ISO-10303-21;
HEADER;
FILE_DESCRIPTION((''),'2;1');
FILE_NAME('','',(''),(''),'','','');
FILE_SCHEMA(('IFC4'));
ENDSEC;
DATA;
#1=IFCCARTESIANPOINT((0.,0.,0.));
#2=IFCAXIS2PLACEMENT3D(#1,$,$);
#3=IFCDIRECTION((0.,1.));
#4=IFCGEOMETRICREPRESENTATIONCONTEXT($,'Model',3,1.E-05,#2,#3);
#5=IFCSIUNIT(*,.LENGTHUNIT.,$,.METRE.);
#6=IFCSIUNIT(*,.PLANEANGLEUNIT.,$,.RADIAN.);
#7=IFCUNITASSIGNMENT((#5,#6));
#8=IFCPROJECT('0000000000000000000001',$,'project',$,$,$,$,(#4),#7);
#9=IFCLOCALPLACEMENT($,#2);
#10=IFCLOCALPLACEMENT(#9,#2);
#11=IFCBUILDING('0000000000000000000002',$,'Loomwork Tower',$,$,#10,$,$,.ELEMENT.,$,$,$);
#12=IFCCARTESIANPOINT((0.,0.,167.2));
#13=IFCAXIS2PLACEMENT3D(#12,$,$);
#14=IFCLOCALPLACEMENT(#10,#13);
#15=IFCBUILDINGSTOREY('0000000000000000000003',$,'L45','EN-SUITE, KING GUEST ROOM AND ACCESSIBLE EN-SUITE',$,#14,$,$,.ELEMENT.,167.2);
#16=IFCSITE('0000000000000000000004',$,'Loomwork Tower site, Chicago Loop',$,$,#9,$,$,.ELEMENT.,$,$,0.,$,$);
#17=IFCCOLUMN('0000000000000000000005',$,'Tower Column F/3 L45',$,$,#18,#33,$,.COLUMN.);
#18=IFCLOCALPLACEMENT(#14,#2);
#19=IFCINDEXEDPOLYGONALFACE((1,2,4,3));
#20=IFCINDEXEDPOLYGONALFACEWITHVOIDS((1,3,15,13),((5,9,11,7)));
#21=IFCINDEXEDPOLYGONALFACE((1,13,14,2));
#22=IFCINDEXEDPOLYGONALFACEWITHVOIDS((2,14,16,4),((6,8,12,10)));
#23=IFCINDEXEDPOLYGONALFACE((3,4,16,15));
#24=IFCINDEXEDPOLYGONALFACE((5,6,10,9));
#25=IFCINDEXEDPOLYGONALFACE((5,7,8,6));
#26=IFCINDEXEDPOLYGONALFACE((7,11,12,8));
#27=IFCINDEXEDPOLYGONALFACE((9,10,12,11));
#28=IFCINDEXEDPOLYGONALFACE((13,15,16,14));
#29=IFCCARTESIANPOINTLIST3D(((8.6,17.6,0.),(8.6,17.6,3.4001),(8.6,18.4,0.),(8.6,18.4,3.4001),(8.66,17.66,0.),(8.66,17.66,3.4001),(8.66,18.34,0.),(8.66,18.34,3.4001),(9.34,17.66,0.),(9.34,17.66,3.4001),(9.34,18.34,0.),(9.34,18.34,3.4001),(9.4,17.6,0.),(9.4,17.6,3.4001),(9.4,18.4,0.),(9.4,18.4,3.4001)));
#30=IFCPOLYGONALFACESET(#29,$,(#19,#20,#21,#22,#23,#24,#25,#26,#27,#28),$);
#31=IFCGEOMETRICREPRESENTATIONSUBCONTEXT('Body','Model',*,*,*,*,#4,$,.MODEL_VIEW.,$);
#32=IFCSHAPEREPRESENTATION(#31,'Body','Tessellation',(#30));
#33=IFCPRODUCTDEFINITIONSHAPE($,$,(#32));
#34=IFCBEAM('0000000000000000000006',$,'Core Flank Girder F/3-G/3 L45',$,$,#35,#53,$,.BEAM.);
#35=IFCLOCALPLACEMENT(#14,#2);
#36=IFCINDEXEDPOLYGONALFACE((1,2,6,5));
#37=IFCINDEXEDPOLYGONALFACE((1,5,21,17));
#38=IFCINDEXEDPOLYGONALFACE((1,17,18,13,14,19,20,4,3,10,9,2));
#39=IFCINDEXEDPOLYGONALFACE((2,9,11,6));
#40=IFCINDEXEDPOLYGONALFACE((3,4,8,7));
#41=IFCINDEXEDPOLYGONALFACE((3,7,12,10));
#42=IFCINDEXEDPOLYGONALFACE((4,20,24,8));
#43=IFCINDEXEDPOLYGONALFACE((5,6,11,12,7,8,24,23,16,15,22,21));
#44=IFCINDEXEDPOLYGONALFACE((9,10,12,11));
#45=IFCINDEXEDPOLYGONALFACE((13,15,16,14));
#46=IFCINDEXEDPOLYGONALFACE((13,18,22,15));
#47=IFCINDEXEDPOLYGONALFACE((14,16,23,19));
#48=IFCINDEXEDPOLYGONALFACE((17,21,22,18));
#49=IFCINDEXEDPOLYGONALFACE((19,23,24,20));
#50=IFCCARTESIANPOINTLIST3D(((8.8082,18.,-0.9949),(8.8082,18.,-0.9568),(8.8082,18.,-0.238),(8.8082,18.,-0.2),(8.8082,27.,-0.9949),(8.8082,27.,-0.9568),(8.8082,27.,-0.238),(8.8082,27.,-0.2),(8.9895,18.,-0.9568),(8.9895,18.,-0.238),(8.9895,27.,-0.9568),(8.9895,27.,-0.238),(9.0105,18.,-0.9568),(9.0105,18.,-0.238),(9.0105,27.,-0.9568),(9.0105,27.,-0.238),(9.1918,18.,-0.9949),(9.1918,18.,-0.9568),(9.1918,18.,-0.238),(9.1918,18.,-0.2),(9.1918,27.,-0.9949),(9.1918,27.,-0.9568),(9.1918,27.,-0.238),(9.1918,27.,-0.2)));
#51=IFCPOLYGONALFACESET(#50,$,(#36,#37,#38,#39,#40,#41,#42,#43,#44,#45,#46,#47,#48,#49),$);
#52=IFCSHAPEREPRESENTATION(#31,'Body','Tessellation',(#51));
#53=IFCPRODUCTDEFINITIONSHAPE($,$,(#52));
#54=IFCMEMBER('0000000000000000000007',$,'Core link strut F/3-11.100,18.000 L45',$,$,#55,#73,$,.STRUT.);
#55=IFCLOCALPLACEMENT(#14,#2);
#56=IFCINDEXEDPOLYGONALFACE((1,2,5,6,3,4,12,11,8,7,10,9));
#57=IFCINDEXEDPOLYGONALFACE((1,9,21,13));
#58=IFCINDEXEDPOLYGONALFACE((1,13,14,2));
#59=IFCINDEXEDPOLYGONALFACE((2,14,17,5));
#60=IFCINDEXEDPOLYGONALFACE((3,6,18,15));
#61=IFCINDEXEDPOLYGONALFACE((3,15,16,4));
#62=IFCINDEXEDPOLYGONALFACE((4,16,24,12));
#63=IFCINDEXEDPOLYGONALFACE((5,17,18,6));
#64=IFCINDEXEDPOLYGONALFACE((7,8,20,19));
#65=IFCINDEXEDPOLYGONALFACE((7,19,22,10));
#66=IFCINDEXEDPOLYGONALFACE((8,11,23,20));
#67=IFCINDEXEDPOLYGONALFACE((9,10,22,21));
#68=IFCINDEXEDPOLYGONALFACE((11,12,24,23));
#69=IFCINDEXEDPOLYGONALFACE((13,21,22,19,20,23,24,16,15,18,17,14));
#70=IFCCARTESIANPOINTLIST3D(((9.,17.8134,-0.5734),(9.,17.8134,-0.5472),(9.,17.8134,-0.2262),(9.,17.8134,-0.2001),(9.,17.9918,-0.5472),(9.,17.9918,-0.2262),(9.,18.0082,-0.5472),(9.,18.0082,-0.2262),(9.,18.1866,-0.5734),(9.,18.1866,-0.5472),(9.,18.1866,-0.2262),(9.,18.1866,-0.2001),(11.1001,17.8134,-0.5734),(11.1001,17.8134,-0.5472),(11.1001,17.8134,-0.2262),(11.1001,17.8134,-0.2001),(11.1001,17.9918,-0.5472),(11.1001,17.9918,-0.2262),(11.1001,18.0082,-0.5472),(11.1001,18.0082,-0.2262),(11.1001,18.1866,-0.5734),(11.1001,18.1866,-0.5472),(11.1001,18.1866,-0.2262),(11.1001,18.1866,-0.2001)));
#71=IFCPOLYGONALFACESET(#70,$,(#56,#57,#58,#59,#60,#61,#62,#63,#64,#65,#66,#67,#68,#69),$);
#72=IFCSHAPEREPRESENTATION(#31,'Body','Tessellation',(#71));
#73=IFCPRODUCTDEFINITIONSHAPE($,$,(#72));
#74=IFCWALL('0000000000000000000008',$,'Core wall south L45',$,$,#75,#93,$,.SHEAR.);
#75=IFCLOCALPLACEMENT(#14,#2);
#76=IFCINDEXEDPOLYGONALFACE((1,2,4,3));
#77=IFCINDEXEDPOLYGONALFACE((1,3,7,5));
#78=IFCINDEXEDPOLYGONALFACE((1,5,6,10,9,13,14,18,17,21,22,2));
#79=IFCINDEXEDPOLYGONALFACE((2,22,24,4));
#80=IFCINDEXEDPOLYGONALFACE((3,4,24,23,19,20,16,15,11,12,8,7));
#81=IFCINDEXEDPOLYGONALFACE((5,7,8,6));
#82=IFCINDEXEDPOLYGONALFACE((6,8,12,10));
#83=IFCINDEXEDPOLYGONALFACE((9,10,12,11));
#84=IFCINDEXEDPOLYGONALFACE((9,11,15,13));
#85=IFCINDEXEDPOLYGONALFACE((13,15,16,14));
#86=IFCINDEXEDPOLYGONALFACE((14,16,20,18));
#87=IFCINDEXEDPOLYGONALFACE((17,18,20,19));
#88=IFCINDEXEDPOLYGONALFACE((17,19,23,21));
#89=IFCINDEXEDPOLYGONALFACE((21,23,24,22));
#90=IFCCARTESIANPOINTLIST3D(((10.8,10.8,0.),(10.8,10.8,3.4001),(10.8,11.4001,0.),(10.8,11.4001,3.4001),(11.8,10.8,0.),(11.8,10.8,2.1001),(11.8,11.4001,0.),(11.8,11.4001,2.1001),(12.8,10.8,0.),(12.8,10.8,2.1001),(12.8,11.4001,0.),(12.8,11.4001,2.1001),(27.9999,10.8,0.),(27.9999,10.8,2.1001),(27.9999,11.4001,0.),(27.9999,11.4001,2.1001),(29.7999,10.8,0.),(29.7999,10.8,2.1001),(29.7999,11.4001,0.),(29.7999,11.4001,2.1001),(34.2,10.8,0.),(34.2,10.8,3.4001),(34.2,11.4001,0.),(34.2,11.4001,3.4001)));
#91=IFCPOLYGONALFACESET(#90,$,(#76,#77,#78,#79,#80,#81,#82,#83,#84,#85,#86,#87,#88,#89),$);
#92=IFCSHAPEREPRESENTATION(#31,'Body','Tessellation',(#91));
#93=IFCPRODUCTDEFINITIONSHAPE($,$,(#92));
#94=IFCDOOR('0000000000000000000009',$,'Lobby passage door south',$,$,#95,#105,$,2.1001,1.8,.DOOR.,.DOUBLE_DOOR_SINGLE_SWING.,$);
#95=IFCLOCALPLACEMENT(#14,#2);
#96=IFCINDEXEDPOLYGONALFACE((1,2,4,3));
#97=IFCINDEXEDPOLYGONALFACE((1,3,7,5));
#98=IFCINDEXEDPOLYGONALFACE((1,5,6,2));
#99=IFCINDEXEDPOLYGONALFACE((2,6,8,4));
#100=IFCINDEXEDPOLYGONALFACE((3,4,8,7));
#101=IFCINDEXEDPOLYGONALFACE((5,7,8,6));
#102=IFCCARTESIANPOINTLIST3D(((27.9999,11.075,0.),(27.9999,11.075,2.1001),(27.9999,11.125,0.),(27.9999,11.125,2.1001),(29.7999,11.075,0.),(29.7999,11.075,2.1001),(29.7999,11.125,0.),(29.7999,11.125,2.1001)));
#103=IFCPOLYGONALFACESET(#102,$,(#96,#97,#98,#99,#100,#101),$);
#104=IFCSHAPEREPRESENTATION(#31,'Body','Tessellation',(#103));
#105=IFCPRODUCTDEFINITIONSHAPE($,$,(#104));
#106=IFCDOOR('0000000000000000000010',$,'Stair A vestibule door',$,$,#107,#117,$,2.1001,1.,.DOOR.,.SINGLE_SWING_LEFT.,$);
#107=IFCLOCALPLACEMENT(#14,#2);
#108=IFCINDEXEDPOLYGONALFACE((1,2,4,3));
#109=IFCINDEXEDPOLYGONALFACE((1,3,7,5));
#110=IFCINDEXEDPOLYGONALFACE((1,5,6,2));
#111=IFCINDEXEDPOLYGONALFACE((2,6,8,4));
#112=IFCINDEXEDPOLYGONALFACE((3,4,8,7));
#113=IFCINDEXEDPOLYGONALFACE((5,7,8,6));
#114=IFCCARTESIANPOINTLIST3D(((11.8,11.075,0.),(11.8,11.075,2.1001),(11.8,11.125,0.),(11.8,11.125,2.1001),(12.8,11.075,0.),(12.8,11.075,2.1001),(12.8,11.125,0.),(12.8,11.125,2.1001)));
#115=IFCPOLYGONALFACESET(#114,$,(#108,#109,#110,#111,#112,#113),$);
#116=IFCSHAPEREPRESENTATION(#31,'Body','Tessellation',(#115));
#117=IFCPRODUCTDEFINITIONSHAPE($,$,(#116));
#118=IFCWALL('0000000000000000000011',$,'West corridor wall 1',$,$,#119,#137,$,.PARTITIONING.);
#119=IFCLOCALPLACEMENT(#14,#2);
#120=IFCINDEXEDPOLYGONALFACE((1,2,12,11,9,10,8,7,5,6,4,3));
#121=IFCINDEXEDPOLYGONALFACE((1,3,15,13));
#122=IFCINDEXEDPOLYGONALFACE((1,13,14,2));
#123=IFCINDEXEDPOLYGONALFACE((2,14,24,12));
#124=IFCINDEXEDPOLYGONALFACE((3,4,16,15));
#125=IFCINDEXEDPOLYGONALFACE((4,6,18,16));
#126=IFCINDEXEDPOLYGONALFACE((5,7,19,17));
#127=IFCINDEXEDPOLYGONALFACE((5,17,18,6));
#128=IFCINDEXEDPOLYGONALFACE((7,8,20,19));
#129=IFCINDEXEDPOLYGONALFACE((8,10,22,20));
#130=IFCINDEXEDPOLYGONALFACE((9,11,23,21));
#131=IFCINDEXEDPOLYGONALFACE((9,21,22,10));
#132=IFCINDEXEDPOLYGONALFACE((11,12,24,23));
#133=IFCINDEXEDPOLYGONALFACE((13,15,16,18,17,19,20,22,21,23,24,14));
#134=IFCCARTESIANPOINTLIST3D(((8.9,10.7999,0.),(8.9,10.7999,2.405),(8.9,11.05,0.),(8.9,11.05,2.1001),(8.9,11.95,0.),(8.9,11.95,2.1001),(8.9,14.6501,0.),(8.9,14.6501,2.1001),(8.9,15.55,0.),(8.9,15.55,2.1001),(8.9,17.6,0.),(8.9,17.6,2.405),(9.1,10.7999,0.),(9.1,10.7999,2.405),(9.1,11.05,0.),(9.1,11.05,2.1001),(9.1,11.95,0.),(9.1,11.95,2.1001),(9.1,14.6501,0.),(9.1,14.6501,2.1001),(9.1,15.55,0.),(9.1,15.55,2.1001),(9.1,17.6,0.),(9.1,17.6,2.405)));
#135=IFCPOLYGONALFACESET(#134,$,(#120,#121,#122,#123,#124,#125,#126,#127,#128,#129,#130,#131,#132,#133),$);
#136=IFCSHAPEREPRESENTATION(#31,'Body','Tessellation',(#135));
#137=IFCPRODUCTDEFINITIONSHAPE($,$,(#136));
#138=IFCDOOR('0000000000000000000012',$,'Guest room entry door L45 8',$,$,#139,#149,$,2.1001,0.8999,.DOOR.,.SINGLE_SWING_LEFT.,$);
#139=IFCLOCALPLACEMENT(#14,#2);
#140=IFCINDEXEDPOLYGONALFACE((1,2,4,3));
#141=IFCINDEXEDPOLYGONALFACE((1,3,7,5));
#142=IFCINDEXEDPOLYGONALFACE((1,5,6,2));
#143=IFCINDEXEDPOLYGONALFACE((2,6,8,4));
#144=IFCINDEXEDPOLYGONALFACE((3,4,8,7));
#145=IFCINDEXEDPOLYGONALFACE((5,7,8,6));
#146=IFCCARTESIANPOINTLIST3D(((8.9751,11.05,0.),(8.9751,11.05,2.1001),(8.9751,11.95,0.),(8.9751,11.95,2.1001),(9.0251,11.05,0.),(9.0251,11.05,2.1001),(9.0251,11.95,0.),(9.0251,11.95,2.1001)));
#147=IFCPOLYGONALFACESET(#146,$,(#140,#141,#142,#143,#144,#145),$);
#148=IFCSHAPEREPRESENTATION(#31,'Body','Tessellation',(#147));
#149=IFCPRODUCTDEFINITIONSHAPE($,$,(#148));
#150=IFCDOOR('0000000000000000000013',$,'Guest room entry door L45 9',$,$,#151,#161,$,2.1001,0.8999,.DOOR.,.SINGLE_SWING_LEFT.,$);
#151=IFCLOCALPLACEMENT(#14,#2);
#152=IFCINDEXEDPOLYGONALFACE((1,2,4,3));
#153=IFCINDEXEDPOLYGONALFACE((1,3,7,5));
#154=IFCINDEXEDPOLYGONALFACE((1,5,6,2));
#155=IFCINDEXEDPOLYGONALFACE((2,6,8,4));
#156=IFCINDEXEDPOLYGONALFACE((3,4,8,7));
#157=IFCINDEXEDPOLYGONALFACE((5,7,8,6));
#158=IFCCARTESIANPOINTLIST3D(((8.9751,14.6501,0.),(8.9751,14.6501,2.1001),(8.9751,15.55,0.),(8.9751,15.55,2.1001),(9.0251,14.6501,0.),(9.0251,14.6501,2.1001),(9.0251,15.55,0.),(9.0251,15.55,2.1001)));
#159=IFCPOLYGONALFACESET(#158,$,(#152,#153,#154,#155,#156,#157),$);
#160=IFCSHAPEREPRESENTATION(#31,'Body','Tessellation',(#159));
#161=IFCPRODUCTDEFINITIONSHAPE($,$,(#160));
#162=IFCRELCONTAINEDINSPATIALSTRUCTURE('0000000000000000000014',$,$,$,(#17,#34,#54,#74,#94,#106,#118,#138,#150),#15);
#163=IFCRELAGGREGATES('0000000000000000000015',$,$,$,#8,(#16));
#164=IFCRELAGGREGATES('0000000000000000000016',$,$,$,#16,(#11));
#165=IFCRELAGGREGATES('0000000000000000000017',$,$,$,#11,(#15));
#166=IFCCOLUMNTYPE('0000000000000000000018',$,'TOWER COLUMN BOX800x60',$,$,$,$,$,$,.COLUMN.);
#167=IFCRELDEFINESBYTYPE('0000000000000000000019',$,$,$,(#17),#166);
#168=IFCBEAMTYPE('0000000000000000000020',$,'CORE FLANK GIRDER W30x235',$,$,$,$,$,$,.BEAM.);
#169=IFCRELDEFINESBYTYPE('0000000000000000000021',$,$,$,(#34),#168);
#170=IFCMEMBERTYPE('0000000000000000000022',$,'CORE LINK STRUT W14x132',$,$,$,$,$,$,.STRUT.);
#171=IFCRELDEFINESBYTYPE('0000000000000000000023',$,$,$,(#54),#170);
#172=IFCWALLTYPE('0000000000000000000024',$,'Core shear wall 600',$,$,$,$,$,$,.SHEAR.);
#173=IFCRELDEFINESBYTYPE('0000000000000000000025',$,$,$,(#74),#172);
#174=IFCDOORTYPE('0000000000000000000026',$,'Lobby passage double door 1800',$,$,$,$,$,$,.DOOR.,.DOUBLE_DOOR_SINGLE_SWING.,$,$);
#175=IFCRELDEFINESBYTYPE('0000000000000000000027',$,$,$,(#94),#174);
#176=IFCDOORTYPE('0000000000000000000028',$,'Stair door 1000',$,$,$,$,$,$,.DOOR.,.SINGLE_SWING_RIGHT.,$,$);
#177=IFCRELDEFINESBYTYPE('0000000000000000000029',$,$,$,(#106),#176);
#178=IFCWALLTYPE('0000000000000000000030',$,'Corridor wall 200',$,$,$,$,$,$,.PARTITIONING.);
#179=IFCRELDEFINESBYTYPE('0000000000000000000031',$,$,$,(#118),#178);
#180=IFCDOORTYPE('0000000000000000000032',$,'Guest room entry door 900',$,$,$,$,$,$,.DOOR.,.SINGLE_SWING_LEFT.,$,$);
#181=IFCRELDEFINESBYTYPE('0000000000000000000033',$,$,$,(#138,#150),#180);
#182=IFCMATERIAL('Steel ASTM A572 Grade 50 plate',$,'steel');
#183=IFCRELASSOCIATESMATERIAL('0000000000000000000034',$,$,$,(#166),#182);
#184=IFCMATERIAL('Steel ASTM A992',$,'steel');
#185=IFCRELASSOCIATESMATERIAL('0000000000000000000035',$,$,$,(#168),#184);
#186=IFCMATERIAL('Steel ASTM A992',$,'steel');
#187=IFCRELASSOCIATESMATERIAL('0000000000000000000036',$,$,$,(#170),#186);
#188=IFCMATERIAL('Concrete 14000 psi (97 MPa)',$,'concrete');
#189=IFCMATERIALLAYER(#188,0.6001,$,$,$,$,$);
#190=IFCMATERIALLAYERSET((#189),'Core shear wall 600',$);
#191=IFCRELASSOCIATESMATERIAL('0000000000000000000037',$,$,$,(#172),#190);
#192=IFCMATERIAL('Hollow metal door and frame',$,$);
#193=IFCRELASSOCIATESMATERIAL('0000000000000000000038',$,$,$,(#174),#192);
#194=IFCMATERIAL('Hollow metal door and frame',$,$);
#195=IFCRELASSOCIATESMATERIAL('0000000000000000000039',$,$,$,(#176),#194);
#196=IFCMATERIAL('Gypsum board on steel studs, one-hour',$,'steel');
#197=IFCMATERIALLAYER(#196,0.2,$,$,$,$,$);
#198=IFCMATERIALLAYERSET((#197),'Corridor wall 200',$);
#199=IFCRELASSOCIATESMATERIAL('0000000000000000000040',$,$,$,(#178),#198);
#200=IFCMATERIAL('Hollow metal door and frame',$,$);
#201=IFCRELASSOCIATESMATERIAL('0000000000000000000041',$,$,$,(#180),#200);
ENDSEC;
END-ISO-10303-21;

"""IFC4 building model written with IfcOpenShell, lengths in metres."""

from ifc_helpers import new_model, si_unit, direction, frame, frame_2d, origin, origin_2d, place, context, subcontext, project, spatial, rectangle, hollow_rectangle, i_section, extrude, material, layer, layer_set, material_profile, profile_set, type_object, element, fill, save


model = new_model("IFC4")

# Units and contexts
model_context = context("Model", 3, precision=1e-05, world=origin(), true_north=direction((0.0, 1.0)))
body_context = subcontext(model_context, "Body", "Model", "MODEL_VIEW")
ifc_project = project(units=[si_unit("LENGTHUNIT", "METRE"), si_unit("PLANEANGLEUNIT", "RADIAN")], contexts=[model_context])

# Site, building, storey
site_placement = place(None, origin())
site = spatial("IfcSite", under=ifc_project, at=site_placement, Name="Loomwork Tower site, Chicago Loop", CompositionType="ELEMENT", RefElevation=0.0)
building_placement = place(site_placement, origin())
building = spatial("IfcBuilding", under=site, at=building_placement, Name="Loomwork Tower", CompositionType="ELEMENT")
storey_placement = place(building_placement, frame((0.0, 0.0, 167.2)))
storey = spatial("IfcBuildingStorey", under=building, at=storey_placement, Name="L45", Description="EN-SUITE, KING GUEST ROOM AND ACCESSIBLE EN-SUITE", CompositionType="ELEMENT", Elevation=167.2)

# Column
ifc_material_1 = material(Name="Steel ASTM A572 Grade 50 plate", Category="steel")
ifc_material_profile_1 = material_profile(ifc_material_1, hollow_rectangle(XDim=0.8, YDim=0.8, WallThickness=0.0601, at=origin_2d()), Name="BOX800x60")
ifc_profile_set_1 = profile_set([ifc_material_profile_1], Name="Steel ASTM A572 Grade 50 plate")
column_type = type_object("IfcColumnType", Name="TOWER COLUMN BOX800x60", PredefinedType="COLUMN", material=ifc_profile_set_1)
column_placement = place(storey_placement, frame((9.0, 18.0, 0.0), z_axis=(0.0, 0.0, 1.0), x_axis=(1.0, 0.0, 0.0)))
element("IfcColumn", 1, at=column_placement, inside=storey, type_object=column_type, Name="Tower Column F/3 L45", PredefinedType="COLUMN", context=body_context, shape_type="SweptSolid", body=[
    extrude(hollow_rectangle(XDim=0.8, YDim=0.8, WallThickness=0.0601, at=origin_2d()), origin(), (0.0, 0.0, 1.0), 3.4001),
])

# Beam
ifc_material_2 = material(Name="Steel ASTM A992", Category="steel")
ifc_material_profile_2 = material_profile(ifc_material_2, i_section(OverallWidth=0.3835, OverallDepth=0.7949, WebThickness=0.021, FlangeThickness=0.0381, at=origin_2d()), Name="W30x235")
ifc_profile_set_2 = profile_set([ifc_material_profile_2], Name="Steel ASTM A992")
beam_type = type_object("IfcBeamType", Name="CORE FLANK GIRDER W30x235", PredefinedType="BEAM", material=ifc_profile_set_2)
beam_placement = place(storey_placement, frame((9.0, 18.0, -0.5974), z_axis=(0.0, 1.0, 0.0), x_axis=(-1.0, 0.0, 0.0)))
element("IfcBeam", 2, at=beam_placement, inside=storey, type_object=beam_type, Name="Core Flank Girder F/3-G/3 L45", PredefinedType="BEAM", context=body_context, shape_type="SweptSolid", body=[
    extrude(i_section(OverallWidth=0.3835, OverallDepth=0.7949, WebThickness=0.021, FlangeThickness=0.0381, at=origin_2d()), origin(), (0.0, 0.0, 1.0), 9.0),
])

# Member
ifc_material_3 = material(Name="Steel ASTM A992", Category="steel")
ifc_material_profile_3 = material_profile(ifc_material_3, i_section(OverallWidth=0.3733, OverallDepth=0.3733, WebThickness=0.0164, FlangeThickness=0.0261, at=origin_2d()), Name="W14x132")
ifc_profile_set_3 = profile_set([ifc_material_profile_3], Name="Steel ASTM A992")
member_type = type_object("IfcMemberType", Name="CORE LINK STRUT W14x132", PredefinedType="STRUT", material=ifc_profile_set_3)
member_placement = place(storey_placement, frame((9.0, 18.0, -0.3867), z_axis=(1.0, 0.0, 0.0), x_axis=(0.0, 1.0, 0.0)))
element("IfcMember", 3, at=member_placement, inside=storey, type_object=member_type, Name="Core link strut F/3-11.100,18.000 L45", PredefinedType="STRUT", context=body_context, shape_type="SweptSolid", body=[
    extrude(i_section(OverallWidth=0.3733, OverallDepth=0.3733, WebThickness=0.0164, FlangeThickness=0.0261, at=origin_2d()), origin(), (0.0, 0.0, 1.0), 2.1001),
])

# Walls, openings, doors
ifc_material_4 = material(Name="Concrete 14000 psi (97 MPa)", Category="concrete")
ifc_layer_1 = layer(ifc_material_4, 0.6001)
ifc_layer_set_1 = layer_set([ifc_layer_1], Name="Core shear wall 600")
wall_type_1 = type_object("IfcWallType", Name="Core shear wall 600", PredefinedType="SHEAR", material=ifc_layer_set_1)
wall_1_placement = place(storey_placement, frame((10.8, 11.1001, 0.0), z_axis=(0.0, 0.0, 1.0), x_axis=(1.0, 0.0, 0.0)))
wall_1 = element("IfcWall", 4, at=wall_1_placement, inside=storey, type_object=wall_type_1, Name="Core wall south L45", PredefinedType="SHEAR", context=body_context, shape_type="SweptSolid", body=[
    extrude(rectangle(XDim=23.3999, YDim=0.6001, at=frame_2d((11.7, 0.0))), origin(), (0.0, 0.0, 1.0), 3.4001),
])
opening_1_placement = place(wall_1_placement, frame((1.0, 0.0, 0.0)))
opening_1 = element("IfcOpeningElement", 5, at=opening_1_placement, cuts=wall_1, PredefinedType="OPENING", context=body_context, shape_type="SweptSolid", body=[
    extrude(rectangle(XDim=1.0, YDim=2.1001, at=frame_2d((0.5, 1.05))), frame((0.0, 0.3101, 0.0), z_axis=(0.0, -1.0, 0.0), x_axis=(1.0, 0.0, 0.0)), (0.0, 0.0, 1.0), 0.6201),
])
opening_2_placement = place(wall_1_placement, frame((17.2, 0.0, 0.0)))
opening_2 = element("IfcOpeningElement", 6, at=opening_2_placement, cuts=wall_1, PredefinedType="OPENING", context=body_context, shape_type="SweptSolid", body=[
    extrude(rectangle(XDim=1.8, YDim=2.1001, at=frame_2d((0.8999, 1.05))), frame((0.0, 0.3101, 0.0), z_axis=(0.0, -1.0, 0.0), x_axis=(1.0, 0.0, 0.0)), (0.0, 0.0, 1.0), 0.6201),
])
ifc_material_5 = material(Name="Hollow metal door and frame")
door_type_1 = type_object("IfcDoorType", Name="Lobby passage double door 1800", OperationType="DOUBLE_DOOR_SINGLE_SWING", PredefinedType="DOOR", material=ifc_material_5)
door_1_placement = place(opening_2_placement, origin())
door_1 = element("IfcDoor", 7, at=door_1_placement, inside=storey, type_object=door_type_1, Name="Lobby passage door south", OperationType="DOUBLE_DOOR_SINGLE_SWING", OverallHeight=2.1001, OverallWidth=1.8, PredefinedType="DOOR", context=body_context, shape_type="SweptSolid", body=[
    extrude(rectangle(XDim=1.8, YDim=2.1001, at=frame_2d((0.8999, 1.05))), frame((0.0, 0.0249, 0.0), z_axis=(0.0, -1.0, 0.0), x_axis=(1.0, 0.0, 0.0)), (0.0, 0.0, 1.0), 0.05),
])
fill(opening_2, door_1)
ifc_material_6 = material(Name="Hollow metal door and frame")
door_type_2 = type_object("IfcDoorType", Name="Stair door 1000", OperationType="SINGLE_SWING_RIGHT", PredefinedType="DOOR", material=ifc_material_6)
door_2_placement = place(opening_1_placement, origin())
door_2 = element("IfcDoor", 8, at=door_2_placement, inside=storey, type_object=door_type_2, Name="Stair A vestibule door", OperationType="SINGLE_SWING_LEFT", OverallHeight=2.1001, OverallWidth=1.0, PredefinedType="DOOR", context=body_context, shape_type="SweptSolid", body=[
    extrude(rectangle(XDim=1.0, YDim=2.1001, at=frame_2d((0.5, 1.05))), frame((0.0, 0.0249, 0.0), z_axis=(0.0, -1.0, 0.0), x_axis=(1.0, 0.0, 0.0)), (0.0, 0.0, 1.0), 0.05),
])
fill(opening_1, door_2)
ifc_material_7 = material(Name="Gypsum board on steel studs, one-hour", Category="steel")
ifc_layer_2 = layer(ifc_material_7, 0.2)
ifc_layer_set_2 = layer_set([ifc_layer_2], Name="Corridor wall 200")
wall_type_2 = type_object("IfcWallType", Name="Corridor wall 200", PredefinedType="PARTITIONING", material=ifc_layer_set_2)
wall_2_placement = place(storey_placement, frame((9.0, 10.8, 0.0), z_axis=(0.0, 0.0, 1.0), x_axis=(0.0, 1.0, 0.0)))
wall_2 = element("IfcWall", 9, at=wall_2_placement, inside=storey, type_object=wall_type_2, Name="West corridor wall 1", PredefinedType="PARTITIONING", context=body_context, shape_type="SweptSolid", body=[
    extrude(rectangle(XDim=6.8, YDim=0.2, at=frame_2d((3.3999, 0.0))), origin(), (0.0, 0.0, 1.0), 2.405),
])
opening_3_placement = place(wall_2_placement, frame((0.25, 0.0, 0.0)))
opening_3 = element("IfcOpeningElement", 10, at=opening_3_placement, cuts=wall_2, PredefinedType="OPENING", context=body_context, shape_type="SweptSolid", body=[
    extrude(rectangle(XDim=0.8999, YDim=2.1001, at=frame_2d((0.45, 1.05))), frame((0.0, 0.1099, 0.0), z_axis=(0.0, -1.0, 0.0), x_axis=(1.0, 0.0, 0.0)), (0.0, 0.0, 1.0), 0.22),
])
opening_4_placement = place(wall_2_placement, frame((3.8501, 0.0, 0.0)))
opening_4 = element("IfcOpeningElement", 11, at=opening_4_placement, cuts=wall_2, PredefinedType="OPENING", context=body_context, shape_type="SweptSolid", body=[
    extrude(rectangle(XDim=0.8999, YDim=2.1001, at=frame_2d((0.45, 1.05))), frame((0.0, 0.1099, 0.0), z_axis=(0.0, -1.0, 0.0), x_axis=(1.0, 0.0, 0.0)), (0.0, 0.0, 1.0), 0.22),
])
ifc_material_8 = material(Name="Hollow metal door and frame")
door_type_3 = type_object("IfcDoorType", Name="Guest room entry door 900", OperationType="SINGLE_SWING_LEFT", PredefinedType="DOOR", material=ifc_material_8)
door_3_placement = place(opening_3_placement, origin())
door_3 = element("IfcDoor", 12, at=door_3_placement, inside=storey, type_object=door_type_3, Name="Guest room entry door L45 8", OperationType="SINGLE_SWING_LEFT", OverallHeight=2.1001, OverallWidth=0.8999, PredefinedType="DOOR", context=body_context, shape_type="SweptSolid", body=[
    extrude(rectangle(XDim=0.8999, YDim=2.1001, at=frame_2d((0.45, 1.05))), frame((0.0, 0.0249, 0.0), z_axis=(0.0, -1.0, 0.0), x_axis=(1.0, 0.0, 0.0)), (0.0, 0.0, 1.0), 0.05),
])
fill(opening_3, door_3)
door_4_placement = place(opening_4_placement, origin())
door_4 = element("IfcDoor", 13, at=door_4_placement, inside=storey, type_object=door_type_3, Name="Guest room entry door L45 9", OperationType="SINGLE_SWING_LEFT", OverallHeight=2.1001, OverallWidth=0.8999, PredefinedType="DOOR", context=body_context, shape_type="SweptSolid", body=[
    extrude(rectangle(XDim=0.8999, YDim=2.1001, at=frame_2d((0.45, 1.05))), frame((0.0, 0.0249, 0.0), z_axis=(0.0, -1.0, 0.0), x_axis=(1.0, 0.0, 0.0)), (0.0, 0.0, 1.0), 0.05),
])
fill(opening_4, door_4)

save(model, "model.ifc")
